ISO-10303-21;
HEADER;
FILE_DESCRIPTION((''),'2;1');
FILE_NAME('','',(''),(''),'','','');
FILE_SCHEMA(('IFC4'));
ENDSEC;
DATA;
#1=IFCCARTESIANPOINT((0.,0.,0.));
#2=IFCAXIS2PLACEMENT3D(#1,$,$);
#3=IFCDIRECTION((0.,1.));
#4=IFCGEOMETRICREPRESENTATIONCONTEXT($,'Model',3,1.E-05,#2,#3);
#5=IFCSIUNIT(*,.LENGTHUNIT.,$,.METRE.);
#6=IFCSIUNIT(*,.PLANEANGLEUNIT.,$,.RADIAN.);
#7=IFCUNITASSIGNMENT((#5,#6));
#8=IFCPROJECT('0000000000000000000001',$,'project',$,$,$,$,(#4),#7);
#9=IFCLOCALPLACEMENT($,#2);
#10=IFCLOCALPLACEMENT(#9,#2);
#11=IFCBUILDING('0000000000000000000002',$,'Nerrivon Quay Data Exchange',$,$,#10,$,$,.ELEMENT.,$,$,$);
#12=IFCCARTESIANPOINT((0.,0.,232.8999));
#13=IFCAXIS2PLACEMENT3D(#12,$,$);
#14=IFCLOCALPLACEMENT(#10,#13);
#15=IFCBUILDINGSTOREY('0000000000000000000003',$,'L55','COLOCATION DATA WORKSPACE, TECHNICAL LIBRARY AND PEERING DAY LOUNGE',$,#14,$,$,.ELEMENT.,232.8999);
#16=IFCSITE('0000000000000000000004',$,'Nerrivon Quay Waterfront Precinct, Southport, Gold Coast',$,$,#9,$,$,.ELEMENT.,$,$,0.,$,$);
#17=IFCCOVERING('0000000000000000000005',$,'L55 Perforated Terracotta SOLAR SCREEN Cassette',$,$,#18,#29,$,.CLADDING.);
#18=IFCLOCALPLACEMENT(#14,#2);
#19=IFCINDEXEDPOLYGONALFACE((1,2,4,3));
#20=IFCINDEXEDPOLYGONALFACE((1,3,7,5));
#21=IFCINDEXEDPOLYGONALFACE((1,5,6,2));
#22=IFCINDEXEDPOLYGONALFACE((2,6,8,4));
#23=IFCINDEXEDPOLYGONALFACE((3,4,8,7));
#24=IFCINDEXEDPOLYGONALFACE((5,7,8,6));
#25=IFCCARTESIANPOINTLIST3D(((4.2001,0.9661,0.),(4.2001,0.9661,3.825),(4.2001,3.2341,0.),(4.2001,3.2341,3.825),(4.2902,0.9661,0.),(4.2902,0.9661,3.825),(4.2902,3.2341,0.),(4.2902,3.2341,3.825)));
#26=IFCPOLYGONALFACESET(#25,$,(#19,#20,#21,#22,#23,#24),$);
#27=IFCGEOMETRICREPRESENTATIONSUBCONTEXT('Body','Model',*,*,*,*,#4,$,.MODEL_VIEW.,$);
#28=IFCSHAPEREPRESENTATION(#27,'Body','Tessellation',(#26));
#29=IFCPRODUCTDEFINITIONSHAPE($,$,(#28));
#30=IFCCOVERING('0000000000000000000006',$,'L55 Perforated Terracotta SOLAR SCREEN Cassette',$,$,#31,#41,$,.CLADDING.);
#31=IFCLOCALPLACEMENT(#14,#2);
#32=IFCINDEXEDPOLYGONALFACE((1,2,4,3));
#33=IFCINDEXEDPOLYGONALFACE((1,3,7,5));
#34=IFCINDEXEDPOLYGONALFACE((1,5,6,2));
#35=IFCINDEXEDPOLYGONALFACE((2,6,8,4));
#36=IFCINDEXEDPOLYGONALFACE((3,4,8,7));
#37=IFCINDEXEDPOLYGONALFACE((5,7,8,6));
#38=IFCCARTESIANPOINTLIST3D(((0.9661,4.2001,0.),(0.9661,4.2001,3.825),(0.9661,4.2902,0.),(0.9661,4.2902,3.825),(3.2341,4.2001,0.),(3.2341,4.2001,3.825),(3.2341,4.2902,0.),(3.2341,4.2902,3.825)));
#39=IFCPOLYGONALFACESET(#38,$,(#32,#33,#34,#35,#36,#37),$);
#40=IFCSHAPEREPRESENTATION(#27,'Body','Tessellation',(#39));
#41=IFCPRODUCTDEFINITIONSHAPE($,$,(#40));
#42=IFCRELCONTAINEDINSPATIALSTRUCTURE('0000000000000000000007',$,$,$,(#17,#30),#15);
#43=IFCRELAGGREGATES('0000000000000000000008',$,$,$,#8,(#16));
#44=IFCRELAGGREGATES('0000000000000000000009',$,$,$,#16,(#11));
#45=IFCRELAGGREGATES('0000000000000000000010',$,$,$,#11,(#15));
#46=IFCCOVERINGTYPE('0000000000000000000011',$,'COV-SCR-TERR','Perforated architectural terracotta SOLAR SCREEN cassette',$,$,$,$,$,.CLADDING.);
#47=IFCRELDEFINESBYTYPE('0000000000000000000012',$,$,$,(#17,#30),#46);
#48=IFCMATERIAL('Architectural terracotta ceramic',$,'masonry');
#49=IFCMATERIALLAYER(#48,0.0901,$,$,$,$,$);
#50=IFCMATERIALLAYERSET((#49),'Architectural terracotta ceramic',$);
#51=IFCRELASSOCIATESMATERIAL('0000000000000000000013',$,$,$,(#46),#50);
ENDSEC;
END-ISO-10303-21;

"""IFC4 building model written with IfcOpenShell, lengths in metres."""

from ifc_helpers import new_model, si_unit, direction, frame, origin, origin_2d, place, context, subcontext, project, spatial, rectangle, extrude, material, layer, layer_set, type_object, element, save


model = new_model("IFC4")

# Units and contexts
model_context = context("Model", 3, precision=1e-05, world=origin(), true_north=direction((0.0, 1.0)))
body_context = subcontext(model_context, "Body", "Model", "MODEL_VIEW")
ifc_project = project(units=[si_unit("LENGTHUNIT", "METRE"), si_unit("PLANEANGLEUNIT", "RADIAN")], contexts=[model_context])

# Site, building, storey
site_placement = place(None, origin())
site = spatial("IfcSite", under=ifc_project, at=site_placement, Name="Nerrivon Quay Waterfront Precinct, Southport, Gold Coast", CompositionType="ELEMENT", RefElevation=0.0)
building_placement = place(site_placement, origin())
building = spatial("IfcBuilding", under=site, at=building_placement, Name="Nerrivon Quay Data Exchange", CompositionType="ELEMENT")
storey_placement = place(building_placement, frame((0.0, 0.0, 232.8999)))
storey = spatial("IfcBuildingStorey", under=building, at=storey_placement, Name="L55", Description="COLOCATION DATA WORKSPACE, TECHNICAL LIBRARY AND PEERING DAY LOUNGE", CompositionType="ELEMENT", Elevation=232.8999)

# Coverings
ifc_material_1 = material(Name="Architectural terracotta ceramic", Category="masonry")
ifc_layer_1 = layer(ifc_material_1, 0.0901)
ifc_layer_set_1 = layer_set([ifc_layer_1], Name="Architectural terracotta ceramic")
covering_type = type_object("IfcCoveringType", Name="COV-SCR-TERR", Description="Perforated architectural terracotta SOLAR SCREEN cassette", PredefinedType="CLADDING", material=ifc_layer_set_1)
for number, where, z_axis, x_axis, name in (
    (1, (4.2451, 2.1001, 0.0), (0.0, 0.0, 1.0), (0.0, 1.0, 0.0), "L55 Perforated Terracotta SOLAR SCREEN Cassette"),
    (2, (2.1001, 4.2451, 0.0), (0.0, 0.0, 1.0), (-1.0, 0.0, 0.0), "L55 Perforated Terracotta SOLAR SCREEN Cassette"),
):
    element("IfcCovering", number, at=place(storey_placement, frame(where, z_axis=z_axis, x_axis=x_axis)), inside=storey, type_object=covering_type, Name=name, PredefinedType="CLADDING", context=body_context, shape_type="SweptSolid", body=[
        extrude(rectangle(XDim=2.2681, YDim=0.0901, at=origin_2d()), origin(), (0.0, 0.0, 1.0), 3.825),
    ])

save(model, "model.ifc")
